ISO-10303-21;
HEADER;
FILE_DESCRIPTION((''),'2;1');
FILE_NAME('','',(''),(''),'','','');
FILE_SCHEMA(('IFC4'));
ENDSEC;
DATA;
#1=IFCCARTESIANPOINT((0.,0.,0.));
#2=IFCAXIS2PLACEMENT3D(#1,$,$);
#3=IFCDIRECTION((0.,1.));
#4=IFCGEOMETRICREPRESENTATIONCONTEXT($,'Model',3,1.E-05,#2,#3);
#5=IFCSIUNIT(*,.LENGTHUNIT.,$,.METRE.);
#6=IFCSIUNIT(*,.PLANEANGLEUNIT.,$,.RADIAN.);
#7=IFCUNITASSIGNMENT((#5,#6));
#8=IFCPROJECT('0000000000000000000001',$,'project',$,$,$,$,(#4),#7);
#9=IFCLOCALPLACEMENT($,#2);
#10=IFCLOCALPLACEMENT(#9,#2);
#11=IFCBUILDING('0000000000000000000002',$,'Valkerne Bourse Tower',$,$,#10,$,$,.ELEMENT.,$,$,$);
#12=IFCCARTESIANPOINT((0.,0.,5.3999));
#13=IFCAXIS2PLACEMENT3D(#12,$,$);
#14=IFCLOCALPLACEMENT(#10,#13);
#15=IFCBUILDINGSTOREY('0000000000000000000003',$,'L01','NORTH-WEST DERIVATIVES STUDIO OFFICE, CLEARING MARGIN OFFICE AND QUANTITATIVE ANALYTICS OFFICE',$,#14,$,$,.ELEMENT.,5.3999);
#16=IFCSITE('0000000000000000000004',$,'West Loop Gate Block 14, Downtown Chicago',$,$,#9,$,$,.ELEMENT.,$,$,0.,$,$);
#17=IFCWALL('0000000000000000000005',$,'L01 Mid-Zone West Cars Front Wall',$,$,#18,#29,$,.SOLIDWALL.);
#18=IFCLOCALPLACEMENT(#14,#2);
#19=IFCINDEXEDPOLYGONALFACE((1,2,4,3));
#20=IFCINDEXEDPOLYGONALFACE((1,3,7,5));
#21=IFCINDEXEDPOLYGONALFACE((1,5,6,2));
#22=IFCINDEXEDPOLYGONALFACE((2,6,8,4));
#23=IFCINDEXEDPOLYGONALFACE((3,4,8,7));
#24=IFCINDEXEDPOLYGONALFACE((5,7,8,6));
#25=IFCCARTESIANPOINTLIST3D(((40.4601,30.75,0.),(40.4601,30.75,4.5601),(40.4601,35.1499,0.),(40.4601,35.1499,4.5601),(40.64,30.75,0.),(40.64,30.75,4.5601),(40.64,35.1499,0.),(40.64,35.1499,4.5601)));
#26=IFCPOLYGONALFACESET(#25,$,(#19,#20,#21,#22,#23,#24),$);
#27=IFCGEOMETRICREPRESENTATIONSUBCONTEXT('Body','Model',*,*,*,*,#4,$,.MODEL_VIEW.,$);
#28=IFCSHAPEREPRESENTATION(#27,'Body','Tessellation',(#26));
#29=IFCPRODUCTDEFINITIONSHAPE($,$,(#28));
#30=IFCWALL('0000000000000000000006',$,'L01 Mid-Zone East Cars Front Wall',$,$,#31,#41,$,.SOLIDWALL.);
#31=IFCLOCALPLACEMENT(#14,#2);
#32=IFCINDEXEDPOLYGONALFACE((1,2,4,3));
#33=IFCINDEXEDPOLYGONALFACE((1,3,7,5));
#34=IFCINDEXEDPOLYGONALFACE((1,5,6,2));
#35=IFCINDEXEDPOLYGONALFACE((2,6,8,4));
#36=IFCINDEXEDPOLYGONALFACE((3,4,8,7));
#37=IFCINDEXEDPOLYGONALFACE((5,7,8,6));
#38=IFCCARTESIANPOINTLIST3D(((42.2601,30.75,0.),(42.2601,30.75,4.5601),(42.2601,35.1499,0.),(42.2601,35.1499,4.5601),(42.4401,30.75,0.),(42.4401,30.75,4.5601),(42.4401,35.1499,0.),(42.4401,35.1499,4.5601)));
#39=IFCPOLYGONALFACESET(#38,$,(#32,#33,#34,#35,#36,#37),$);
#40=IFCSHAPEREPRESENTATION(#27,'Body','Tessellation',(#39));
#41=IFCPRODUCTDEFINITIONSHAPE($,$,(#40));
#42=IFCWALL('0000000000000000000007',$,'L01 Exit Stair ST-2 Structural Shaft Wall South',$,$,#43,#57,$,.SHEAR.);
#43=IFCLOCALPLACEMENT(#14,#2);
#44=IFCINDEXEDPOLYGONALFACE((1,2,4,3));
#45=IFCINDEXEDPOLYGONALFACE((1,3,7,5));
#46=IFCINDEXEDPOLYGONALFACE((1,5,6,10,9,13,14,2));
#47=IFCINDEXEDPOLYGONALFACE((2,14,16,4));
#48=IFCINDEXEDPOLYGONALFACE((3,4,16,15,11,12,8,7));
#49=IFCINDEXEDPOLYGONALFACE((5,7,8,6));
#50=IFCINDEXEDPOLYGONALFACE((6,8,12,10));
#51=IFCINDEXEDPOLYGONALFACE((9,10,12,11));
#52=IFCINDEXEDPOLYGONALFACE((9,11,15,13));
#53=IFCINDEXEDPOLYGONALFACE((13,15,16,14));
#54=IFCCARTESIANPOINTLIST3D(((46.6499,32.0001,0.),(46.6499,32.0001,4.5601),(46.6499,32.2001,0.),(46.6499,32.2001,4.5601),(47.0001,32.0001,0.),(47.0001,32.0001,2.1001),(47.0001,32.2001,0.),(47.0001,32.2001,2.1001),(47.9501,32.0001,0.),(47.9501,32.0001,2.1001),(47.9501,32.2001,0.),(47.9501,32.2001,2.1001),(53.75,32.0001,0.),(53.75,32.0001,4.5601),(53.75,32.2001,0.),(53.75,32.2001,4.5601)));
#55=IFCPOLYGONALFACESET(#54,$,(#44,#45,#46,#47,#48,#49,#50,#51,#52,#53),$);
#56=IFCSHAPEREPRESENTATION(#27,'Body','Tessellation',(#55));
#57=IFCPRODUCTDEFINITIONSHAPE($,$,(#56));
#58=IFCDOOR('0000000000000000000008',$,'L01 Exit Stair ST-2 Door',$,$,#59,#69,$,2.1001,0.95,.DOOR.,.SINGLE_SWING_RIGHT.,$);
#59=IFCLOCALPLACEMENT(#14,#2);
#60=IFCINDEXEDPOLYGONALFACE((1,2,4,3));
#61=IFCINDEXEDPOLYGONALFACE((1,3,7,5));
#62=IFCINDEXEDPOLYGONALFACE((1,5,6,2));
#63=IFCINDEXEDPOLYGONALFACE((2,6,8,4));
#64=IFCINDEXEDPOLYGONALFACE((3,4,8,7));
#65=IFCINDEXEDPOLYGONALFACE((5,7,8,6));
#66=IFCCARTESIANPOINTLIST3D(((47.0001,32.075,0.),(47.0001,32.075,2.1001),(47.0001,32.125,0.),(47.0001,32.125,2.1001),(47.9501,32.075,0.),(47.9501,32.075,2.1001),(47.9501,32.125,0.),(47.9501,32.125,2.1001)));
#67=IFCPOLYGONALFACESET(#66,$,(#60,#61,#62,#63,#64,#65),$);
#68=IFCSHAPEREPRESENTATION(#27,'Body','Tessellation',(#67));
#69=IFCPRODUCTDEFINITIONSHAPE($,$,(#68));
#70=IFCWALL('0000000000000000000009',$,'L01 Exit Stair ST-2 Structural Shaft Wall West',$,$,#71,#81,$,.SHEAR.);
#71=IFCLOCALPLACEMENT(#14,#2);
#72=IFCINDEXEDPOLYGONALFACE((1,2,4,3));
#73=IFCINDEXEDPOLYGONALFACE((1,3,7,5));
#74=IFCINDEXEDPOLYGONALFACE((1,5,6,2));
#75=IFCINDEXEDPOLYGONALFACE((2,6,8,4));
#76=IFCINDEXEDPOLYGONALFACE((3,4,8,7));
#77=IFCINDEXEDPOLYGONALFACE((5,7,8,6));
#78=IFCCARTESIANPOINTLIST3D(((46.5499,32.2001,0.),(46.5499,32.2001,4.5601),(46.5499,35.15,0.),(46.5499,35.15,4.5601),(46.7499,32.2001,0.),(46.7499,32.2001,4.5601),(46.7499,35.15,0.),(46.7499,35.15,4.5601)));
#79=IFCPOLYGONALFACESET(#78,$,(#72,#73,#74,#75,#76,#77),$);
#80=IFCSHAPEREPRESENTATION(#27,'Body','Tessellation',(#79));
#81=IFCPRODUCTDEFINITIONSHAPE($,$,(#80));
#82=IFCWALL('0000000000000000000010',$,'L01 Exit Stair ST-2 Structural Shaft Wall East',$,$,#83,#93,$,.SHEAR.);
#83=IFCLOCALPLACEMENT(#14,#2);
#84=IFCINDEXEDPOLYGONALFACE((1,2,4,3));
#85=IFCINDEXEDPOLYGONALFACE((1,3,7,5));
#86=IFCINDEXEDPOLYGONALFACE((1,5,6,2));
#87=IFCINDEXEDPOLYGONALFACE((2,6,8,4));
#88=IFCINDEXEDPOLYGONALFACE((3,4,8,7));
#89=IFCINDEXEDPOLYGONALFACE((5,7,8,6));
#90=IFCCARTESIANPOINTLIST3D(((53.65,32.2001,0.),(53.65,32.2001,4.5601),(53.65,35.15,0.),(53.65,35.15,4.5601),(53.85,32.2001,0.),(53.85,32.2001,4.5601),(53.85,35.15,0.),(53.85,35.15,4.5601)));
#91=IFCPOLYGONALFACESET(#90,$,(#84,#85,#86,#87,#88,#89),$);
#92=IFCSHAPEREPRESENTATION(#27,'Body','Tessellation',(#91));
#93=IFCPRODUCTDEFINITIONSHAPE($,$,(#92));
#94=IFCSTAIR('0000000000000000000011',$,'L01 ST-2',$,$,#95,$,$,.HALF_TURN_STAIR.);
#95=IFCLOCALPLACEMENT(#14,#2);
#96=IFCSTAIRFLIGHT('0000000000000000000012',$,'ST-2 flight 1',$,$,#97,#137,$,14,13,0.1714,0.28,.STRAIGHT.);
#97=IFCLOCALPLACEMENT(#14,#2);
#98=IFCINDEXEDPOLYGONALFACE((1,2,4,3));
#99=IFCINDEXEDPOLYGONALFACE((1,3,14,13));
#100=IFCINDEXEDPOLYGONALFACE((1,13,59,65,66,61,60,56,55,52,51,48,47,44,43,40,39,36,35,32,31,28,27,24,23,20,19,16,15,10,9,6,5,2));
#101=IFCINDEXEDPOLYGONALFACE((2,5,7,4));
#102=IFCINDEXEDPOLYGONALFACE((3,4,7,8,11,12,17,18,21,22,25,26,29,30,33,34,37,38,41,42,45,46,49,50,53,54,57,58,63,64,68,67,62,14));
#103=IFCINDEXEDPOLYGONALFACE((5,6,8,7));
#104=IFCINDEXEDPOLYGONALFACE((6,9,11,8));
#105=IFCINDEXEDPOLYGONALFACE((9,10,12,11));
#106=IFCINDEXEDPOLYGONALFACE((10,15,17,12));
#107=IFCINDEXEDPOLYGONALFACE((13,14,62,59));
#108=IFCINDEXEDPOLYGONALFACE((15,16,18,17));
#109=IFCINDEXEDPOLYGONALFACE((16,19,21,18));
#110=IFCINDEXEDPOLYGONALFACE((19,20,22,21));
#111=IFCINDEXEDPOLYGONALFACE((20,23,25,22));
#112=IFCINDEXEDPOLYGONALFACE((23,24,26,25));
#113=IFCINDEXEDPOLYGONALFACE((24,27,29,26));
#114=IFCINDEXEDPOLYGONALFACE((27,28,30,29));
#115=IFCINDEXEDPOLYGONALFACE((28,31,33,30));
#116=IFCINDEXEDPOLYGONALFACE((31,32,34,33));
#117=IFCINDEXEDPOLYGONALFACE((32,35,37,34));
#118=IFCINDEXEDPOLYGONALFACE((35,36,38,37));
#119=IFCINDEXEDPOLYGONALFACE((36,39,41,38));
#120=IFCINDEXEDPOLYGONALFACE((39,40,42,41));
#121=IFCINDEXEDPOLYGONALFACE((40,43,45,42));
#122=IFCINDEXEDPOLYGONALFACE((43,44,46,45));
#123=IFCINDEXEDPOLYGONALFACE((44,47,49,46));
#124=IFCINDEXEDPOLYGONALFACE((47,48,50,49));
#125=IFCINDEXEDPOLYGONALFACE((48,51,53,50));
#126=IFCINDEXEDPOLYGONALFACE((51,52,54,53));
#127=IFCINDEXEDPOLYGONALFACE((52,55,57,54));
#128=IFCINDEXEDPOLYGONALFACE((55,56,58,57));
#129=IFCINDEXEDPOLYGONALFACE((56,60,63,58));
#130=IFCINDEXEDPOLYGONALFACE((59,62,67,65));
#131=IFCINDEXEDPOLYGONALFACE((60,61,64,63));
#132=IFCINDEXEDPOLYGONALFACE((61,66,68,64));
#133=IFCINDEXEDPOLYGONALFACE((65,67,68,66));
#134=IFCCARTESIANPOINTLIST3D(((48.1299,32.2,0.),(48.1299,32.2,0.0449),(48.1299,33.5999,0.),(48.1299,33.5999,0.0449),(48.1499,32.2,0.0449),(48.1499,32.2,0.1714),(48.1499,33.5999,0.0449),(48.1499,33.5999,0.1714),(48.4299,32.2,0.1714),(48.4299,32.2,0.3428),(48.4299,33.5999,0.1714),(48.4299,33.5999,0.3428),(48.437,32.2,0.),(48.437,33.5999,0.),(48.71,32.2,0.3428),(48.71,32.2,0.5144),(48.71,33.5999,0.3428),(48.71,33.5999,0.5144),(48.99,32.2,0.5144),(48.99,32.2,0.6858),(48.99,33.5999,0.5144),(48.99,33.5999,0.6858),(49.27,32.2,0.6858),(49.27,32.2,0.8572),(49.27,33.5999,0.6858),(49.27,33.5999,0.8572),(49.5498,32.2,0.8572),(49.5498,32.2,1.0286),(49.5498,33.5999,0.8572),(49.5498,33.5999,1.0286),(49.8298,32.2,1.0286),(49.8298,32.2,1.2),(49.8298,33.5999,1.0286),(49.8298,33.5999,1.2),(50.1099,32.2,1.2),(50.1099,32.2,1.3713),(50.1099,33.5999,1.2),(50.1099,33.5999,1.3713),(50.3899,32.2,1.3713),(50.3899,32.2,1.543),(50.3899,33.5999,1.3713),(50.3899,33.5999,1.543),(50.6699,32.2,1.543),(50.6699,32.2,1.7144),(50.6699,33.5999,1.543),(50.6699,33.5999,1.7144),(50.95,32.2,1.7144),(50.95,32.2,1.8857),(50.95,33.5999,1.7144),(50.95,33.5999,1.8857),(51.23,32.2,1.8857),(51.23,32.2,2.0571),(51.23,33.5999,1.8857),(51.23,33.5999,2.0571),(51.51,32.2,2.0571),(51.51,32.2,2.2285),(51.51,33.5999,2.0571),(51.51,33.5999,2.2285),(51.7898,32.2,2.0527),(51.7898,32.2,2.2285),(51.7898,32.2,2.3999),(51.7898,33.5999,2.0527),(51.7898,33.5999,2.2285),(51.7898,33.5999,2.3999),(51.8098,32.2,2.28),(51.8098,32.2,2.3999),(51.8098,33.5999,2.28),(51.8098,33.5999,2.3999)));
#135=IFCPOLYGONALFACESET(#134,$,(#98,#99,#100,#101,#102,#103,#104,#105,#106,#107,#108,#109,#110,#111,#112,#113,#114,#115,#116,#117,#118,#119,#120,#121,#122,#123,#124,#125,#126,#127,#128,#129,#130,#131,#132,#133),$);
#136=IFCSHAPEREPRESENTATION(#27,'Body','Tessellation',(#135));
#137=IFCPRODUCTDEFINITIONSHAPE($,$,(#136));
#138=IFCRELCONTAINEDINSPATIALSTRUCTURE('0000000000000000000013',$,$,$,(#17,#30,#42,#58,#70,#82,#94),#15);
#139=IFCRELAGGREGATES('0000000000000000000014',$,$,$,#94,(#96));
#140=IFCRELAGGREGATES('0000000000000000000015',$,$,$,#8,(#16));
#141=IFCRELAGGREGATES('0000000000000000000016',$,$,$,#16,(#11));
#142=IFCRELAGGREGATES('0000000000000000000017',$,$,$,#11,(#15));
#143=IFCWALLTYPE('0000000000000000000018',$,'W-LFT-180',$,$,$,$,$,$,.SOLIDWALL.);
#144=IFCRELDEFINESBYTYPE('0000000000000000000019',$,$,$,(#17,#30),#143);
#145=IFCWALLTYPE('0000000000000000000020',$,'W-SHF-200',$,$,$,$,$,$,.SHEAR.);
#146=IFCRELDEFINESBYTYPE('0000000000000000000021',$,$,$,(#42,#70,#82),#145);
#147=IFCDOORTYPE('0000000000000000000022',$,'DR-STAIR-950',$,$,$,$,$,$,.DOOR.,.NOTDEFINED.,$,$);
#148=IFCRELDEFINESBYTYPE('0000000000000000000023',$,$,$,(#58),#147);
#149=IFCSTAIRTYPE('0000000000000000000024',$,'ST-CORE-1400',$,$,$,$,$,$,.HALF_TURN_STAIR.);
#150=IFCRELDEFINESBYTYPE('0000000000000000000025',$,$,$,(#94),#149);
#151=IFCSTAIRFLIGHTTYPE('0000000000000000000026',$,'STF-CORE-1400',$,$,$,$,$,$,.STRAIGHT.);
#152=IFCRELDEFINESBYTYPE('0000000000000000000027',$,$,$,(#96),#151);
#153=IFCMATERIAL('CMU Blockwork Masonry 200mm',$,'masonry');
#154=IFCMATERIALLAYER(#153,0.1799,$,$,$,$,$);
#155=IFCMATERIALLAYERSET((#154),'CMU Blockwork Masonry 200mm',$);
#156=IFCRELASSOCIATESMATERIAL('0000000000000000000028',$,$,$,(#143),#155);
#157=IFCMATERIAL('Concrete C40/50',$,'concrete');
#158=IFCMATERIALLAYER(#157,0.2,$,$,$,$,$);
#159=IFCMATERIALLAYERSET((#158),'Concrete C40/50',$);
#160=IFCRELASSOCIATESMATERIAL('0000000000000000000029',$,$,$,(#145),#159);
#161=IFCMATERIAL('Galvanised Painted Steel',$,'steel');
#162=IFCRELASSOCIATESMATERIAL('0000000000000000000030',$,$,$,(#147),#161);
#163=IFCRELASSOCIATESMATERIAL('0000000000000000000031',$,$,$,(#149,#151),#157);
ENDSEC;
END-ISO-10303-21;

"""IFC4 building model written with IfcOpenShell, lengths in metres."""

from ifc_helpers import new_model, si_unit, direction, frame, frame_2d, origin, place, context, subcontext, project, spatial, polyline, rectangle, outline, extrude, material, layer, layer_set, type_object, element, fill, aggregate, save


model = new_model("IFC4")

# Units and contexts
model_context = context("Model", 3, precision=1e-05, world=origin(), true_north=direction((0.0, 1.0)))
body_context = subcontext(model_context, "Body", "Model", "MODEL_VIEW")
ifc_project = project(units=[si_unit("LENGTHUNIT", "METRE"), si_unit("PLANEANGLEUNIT", "RADIAN")], contexts=[model_context])

# Site, building, storey
site_placement = place(None, origin())
site = spatial("IfcSite", under=ifc_project, at=site_placement, Name="West Loop Gate Block 14, Downtown Chicago", CompositionType="ELEMENT", RefElevation=0.0)
building_placement = place(site_placement, origin())
building = spatial("IfcBuilding", under=site, at=building_placement, Name="Valkerne Bourse Tower", CompositionType="ELEMENT")
storey_placement = place(building_placement, frame((0.0, 0.0, 5.3999)))
storey = spatial("IfcBuildingStorey", under=building, at=storey_placement, Name="L01", Description="NORTH-WEST DERIVATIVES STUDIO OFFICE, CLEARING MARGIN OFFICE AND QUANTITATIVE ANALYTICS OFFICE", CompositionType="ELEMENT", Elevation=5.3999)

# Walls
ifc_material_1 = material(Name="CMU Blockwork Masonry 200mm", Category="masonry")
ifc_layer_1 = layer(ifc_material_1, 0.1799)
ifc_layer_set_1 = layer_set([ifc_layer_1], Name="CMU Blockwork Masonry 200mm")
wall_type_1 = type_object("IfcWallType", Name="W-LFT-180", PredefinedType="SOLIDWALL", material=ifc_layer_set_1)
for number, where, z_axis, x_axis, name in (
    (1, (40.55, 30.75, 0.0), (0.0, 0.0, 1.0), (0.0, 1.0, 0.0), "L01 Mid-Zone West Cars Front Wall"),
    (2, (42.3501, 30.75, 0.0), (0.0, 0.0, 1.0), (0.0, 1.0, 0.0), "L01 Mid-Zone East Cars Front Wall"),
):
    element("IfcWall", number, at=place(storey_placement, frame(where, z_axis=z_axis, x_axis=x_axis)), inside=storey, type_object=wall_type_1, Name=name, PredefinedType="SOLIDWALL", context=body_context, shape_type="SweptSolid", body=[
        extrude(rectangle(XDim=4.3999, YDim=0.1799, at=frame_2d((2.2, 0.0))), origin(), (0.0, 0.0, 1.0), 4.5601),
    ])

# Wall, opening, door
ifc_material_2 = material(Name="Concrete C40/50", Category="concrete")
ifc_layer_2 = layer(ifc_material_2, 0.2)
ifc_layer_set_2 = layer_set([ifc_layer_2], Name="Concrete C40/50")
wall_type_2 = type_object("IfcWallType", Name="W-SHF-200", PredefinedType="SHEAR", material=ifc_layer_set_2)
wall_placement = place(storey_placement, frame((46.6499, 32.1001, 0.0), z_axis=(0.0, 0.0, 1.0), x_axis=(1.0, 0.0, 0.0)))
wall = element("IfcWall", 3, at=wall_placement, inside=storey, type_object=wall_type_2, Name="L01 Exit Stair ST-2 Structural Shaft Wall South", PredefinedType="SHEAR", context=body_context, shape_type="SweptSolid", body=[
    extrude(rectangle(XDim=7.1001, YDim=0.2, at=frame_2d((3.55, 0.0))), origin(), (0.0, 0.0, 1.0), 4.5601),
])
opening_placement = place(wall_placement, frame((0.3501, 0.0, 0.0)))
opening = element("IfcOpeningElement", 4, at=opening_placement, cuts=wall, PredefinedType="OPENING", context=body_context, shape_type="SweptSolid", body=[
    extrude(rectangle(XDim=0.95, YDim=2.1001, at=frame_2d((0.4751, 1.05))), frame((0.0, 0.1099, 0.0), z_axis=(0.0, -1.0, 0.0), x_axis=(1.0, 0.0, 0.0)), (0.0, 0.0, 1.0), 0.22),
])
ifc_material_3 = material(Name="Galvanised Painted Steel", Category="steel")
door_type = type_object("IfcDoorType", Name="DR-STAIR-950", OperationType="NOTDEFINED", PredefinedType="DOOR", material=ifc_material_3)
door_placement = place(opening_placement, origin())
door = element("IfcDoor", 5, at=door_placement, inside=storey, type_object=door_type, Name="L01 Exit Stair ST-2 Door", OperationType="SINGLE_SWING_RIGHT", OverallHeight=2.1001, OverallWidth=0.95, PredefinedType="DOOR", context=body_context, shape_type="SweptSolid", body=[
    extrude(rectangle(XDim=0.95, YDim=2.1001, at=frame_2d((0.4751, 1.05))), frame((0.0, 0.0249, 0.0), z_axis=(0.0, -1.0, 0.0), x_axis=(1.0, 0.0, 0.0)), (0.0, 0.0, 1.0), 0.05),
])
fill(opening, door)

# Walls
for number, where, z_axis, x_axis, name in (
    (6, (46.6499, 32.2, 0.0), (0.0, 0.0, 1.0), (0.0, 1.0, 0.0), "L01 Exit Stair ST-2 Structural Shaft Wall West"),
    (7, (53.75, 32.2, 0.0), (0.0, 0.0, 1.0), (0.0, 1.0, 0.0), "L01 Exit Stair ST-2 Structural Shaft Wall East"),
):
    element("IfcWall", number, at=place(storey_placement, frame(where, z_axis=z_axis, x_axis=x_axis)), inside=storey, type_object=wall_type_2, Name=name, PredefinedType="SHEAR", context=body_context, shape_type="SweptSolid", body=[
        extrude(rectangle(XDim=2.95, YDim=0.2, at=frame_2d((1.4751, 0.0))), origin(), (0.0, 0.0, 1.0), 4.5601),
    ])

# Stair, stair flight
stair_type = type_object("IfcStairType", Name="ST-CORE-1400", PredefinedType="HALF_TURN_STAIR", material=ifc_material_2)
stair_placement = place(storey_placement, origin())
stair = element("IfcStair", 8, at=stair_placement, inside=storey, type_object=stair_type, Name="L01 ST-2", PredefinedType="HALF_TURN_STAIR")
stair_flight_type = type_object("IfcStairFlightType", Name="STF-CORE-1400", PredefinedType="STRAIGHT", material=ifc_material_2)
stair_flight_placement = place(storey_placement, frame((48.1499, 32.8999, 0.0), z_axis=(0.0, 0.0, 1.0), x_axis=(1.0, 0.0, 0.0)))
stair_flight = element("IfcStairFlight", 9, at=stair_flight_placement, type_object=stair_flight_type, Name="ST-2 flight 1", NumberOfRisers=14, NumberOfTreads=13, PredefinedType="STRAIGHT", RiserHeight=0.1714, TreadLength=0.28, context=body_context, shape_type="SweptSolid", body=[
    extrude(outline(polyline([(-0.02, 0.0), (-0.02, 0.0449), (0.0, 0.0449), (0.0, 0.1714), (0.28, 0.1714), (0.28, 0.3428), (0.5601, 0.3428), (0.5601, 0.5144), (0.8401, 0.5144), (0.8401, 0.6858), (1.1201, 0.6858), (1.1201, 0.8572), (1.3999, 0.8572), (1.3999, 1.0286), (1.6799, 1.0286), (1.6799, 1.2), (1.96, 1.2), (1.96, 1.3713), (2.24, 1.3713), (2.24, 1.543), (2.52, 1.543), (2.52, 1.7144), (2.8, 1.7144), (2.8, 1.8857), (3.0801, 1.8857), (3.0801, 2.0571), (3.3601, 2.0571), (3.3601, 2.2285), (3.6399, 2.2285), (3.6399, 2.3999), (3.6599, 2.3999), (3.6599, 2.28), (3.6399, 2.0527), (0.2871, 0.0), (-0.02, 0.0)])), frame((0.0, 0.7, 0.0), z_axis=(0.0, -1.0, 0.0), x_axis=(1.0, 0.0, 0.0)), (0.0, 0.0, 1.0), 1.3999),
])
aggregate(stair, [stair_flight])

save(model, "model.ifc")
